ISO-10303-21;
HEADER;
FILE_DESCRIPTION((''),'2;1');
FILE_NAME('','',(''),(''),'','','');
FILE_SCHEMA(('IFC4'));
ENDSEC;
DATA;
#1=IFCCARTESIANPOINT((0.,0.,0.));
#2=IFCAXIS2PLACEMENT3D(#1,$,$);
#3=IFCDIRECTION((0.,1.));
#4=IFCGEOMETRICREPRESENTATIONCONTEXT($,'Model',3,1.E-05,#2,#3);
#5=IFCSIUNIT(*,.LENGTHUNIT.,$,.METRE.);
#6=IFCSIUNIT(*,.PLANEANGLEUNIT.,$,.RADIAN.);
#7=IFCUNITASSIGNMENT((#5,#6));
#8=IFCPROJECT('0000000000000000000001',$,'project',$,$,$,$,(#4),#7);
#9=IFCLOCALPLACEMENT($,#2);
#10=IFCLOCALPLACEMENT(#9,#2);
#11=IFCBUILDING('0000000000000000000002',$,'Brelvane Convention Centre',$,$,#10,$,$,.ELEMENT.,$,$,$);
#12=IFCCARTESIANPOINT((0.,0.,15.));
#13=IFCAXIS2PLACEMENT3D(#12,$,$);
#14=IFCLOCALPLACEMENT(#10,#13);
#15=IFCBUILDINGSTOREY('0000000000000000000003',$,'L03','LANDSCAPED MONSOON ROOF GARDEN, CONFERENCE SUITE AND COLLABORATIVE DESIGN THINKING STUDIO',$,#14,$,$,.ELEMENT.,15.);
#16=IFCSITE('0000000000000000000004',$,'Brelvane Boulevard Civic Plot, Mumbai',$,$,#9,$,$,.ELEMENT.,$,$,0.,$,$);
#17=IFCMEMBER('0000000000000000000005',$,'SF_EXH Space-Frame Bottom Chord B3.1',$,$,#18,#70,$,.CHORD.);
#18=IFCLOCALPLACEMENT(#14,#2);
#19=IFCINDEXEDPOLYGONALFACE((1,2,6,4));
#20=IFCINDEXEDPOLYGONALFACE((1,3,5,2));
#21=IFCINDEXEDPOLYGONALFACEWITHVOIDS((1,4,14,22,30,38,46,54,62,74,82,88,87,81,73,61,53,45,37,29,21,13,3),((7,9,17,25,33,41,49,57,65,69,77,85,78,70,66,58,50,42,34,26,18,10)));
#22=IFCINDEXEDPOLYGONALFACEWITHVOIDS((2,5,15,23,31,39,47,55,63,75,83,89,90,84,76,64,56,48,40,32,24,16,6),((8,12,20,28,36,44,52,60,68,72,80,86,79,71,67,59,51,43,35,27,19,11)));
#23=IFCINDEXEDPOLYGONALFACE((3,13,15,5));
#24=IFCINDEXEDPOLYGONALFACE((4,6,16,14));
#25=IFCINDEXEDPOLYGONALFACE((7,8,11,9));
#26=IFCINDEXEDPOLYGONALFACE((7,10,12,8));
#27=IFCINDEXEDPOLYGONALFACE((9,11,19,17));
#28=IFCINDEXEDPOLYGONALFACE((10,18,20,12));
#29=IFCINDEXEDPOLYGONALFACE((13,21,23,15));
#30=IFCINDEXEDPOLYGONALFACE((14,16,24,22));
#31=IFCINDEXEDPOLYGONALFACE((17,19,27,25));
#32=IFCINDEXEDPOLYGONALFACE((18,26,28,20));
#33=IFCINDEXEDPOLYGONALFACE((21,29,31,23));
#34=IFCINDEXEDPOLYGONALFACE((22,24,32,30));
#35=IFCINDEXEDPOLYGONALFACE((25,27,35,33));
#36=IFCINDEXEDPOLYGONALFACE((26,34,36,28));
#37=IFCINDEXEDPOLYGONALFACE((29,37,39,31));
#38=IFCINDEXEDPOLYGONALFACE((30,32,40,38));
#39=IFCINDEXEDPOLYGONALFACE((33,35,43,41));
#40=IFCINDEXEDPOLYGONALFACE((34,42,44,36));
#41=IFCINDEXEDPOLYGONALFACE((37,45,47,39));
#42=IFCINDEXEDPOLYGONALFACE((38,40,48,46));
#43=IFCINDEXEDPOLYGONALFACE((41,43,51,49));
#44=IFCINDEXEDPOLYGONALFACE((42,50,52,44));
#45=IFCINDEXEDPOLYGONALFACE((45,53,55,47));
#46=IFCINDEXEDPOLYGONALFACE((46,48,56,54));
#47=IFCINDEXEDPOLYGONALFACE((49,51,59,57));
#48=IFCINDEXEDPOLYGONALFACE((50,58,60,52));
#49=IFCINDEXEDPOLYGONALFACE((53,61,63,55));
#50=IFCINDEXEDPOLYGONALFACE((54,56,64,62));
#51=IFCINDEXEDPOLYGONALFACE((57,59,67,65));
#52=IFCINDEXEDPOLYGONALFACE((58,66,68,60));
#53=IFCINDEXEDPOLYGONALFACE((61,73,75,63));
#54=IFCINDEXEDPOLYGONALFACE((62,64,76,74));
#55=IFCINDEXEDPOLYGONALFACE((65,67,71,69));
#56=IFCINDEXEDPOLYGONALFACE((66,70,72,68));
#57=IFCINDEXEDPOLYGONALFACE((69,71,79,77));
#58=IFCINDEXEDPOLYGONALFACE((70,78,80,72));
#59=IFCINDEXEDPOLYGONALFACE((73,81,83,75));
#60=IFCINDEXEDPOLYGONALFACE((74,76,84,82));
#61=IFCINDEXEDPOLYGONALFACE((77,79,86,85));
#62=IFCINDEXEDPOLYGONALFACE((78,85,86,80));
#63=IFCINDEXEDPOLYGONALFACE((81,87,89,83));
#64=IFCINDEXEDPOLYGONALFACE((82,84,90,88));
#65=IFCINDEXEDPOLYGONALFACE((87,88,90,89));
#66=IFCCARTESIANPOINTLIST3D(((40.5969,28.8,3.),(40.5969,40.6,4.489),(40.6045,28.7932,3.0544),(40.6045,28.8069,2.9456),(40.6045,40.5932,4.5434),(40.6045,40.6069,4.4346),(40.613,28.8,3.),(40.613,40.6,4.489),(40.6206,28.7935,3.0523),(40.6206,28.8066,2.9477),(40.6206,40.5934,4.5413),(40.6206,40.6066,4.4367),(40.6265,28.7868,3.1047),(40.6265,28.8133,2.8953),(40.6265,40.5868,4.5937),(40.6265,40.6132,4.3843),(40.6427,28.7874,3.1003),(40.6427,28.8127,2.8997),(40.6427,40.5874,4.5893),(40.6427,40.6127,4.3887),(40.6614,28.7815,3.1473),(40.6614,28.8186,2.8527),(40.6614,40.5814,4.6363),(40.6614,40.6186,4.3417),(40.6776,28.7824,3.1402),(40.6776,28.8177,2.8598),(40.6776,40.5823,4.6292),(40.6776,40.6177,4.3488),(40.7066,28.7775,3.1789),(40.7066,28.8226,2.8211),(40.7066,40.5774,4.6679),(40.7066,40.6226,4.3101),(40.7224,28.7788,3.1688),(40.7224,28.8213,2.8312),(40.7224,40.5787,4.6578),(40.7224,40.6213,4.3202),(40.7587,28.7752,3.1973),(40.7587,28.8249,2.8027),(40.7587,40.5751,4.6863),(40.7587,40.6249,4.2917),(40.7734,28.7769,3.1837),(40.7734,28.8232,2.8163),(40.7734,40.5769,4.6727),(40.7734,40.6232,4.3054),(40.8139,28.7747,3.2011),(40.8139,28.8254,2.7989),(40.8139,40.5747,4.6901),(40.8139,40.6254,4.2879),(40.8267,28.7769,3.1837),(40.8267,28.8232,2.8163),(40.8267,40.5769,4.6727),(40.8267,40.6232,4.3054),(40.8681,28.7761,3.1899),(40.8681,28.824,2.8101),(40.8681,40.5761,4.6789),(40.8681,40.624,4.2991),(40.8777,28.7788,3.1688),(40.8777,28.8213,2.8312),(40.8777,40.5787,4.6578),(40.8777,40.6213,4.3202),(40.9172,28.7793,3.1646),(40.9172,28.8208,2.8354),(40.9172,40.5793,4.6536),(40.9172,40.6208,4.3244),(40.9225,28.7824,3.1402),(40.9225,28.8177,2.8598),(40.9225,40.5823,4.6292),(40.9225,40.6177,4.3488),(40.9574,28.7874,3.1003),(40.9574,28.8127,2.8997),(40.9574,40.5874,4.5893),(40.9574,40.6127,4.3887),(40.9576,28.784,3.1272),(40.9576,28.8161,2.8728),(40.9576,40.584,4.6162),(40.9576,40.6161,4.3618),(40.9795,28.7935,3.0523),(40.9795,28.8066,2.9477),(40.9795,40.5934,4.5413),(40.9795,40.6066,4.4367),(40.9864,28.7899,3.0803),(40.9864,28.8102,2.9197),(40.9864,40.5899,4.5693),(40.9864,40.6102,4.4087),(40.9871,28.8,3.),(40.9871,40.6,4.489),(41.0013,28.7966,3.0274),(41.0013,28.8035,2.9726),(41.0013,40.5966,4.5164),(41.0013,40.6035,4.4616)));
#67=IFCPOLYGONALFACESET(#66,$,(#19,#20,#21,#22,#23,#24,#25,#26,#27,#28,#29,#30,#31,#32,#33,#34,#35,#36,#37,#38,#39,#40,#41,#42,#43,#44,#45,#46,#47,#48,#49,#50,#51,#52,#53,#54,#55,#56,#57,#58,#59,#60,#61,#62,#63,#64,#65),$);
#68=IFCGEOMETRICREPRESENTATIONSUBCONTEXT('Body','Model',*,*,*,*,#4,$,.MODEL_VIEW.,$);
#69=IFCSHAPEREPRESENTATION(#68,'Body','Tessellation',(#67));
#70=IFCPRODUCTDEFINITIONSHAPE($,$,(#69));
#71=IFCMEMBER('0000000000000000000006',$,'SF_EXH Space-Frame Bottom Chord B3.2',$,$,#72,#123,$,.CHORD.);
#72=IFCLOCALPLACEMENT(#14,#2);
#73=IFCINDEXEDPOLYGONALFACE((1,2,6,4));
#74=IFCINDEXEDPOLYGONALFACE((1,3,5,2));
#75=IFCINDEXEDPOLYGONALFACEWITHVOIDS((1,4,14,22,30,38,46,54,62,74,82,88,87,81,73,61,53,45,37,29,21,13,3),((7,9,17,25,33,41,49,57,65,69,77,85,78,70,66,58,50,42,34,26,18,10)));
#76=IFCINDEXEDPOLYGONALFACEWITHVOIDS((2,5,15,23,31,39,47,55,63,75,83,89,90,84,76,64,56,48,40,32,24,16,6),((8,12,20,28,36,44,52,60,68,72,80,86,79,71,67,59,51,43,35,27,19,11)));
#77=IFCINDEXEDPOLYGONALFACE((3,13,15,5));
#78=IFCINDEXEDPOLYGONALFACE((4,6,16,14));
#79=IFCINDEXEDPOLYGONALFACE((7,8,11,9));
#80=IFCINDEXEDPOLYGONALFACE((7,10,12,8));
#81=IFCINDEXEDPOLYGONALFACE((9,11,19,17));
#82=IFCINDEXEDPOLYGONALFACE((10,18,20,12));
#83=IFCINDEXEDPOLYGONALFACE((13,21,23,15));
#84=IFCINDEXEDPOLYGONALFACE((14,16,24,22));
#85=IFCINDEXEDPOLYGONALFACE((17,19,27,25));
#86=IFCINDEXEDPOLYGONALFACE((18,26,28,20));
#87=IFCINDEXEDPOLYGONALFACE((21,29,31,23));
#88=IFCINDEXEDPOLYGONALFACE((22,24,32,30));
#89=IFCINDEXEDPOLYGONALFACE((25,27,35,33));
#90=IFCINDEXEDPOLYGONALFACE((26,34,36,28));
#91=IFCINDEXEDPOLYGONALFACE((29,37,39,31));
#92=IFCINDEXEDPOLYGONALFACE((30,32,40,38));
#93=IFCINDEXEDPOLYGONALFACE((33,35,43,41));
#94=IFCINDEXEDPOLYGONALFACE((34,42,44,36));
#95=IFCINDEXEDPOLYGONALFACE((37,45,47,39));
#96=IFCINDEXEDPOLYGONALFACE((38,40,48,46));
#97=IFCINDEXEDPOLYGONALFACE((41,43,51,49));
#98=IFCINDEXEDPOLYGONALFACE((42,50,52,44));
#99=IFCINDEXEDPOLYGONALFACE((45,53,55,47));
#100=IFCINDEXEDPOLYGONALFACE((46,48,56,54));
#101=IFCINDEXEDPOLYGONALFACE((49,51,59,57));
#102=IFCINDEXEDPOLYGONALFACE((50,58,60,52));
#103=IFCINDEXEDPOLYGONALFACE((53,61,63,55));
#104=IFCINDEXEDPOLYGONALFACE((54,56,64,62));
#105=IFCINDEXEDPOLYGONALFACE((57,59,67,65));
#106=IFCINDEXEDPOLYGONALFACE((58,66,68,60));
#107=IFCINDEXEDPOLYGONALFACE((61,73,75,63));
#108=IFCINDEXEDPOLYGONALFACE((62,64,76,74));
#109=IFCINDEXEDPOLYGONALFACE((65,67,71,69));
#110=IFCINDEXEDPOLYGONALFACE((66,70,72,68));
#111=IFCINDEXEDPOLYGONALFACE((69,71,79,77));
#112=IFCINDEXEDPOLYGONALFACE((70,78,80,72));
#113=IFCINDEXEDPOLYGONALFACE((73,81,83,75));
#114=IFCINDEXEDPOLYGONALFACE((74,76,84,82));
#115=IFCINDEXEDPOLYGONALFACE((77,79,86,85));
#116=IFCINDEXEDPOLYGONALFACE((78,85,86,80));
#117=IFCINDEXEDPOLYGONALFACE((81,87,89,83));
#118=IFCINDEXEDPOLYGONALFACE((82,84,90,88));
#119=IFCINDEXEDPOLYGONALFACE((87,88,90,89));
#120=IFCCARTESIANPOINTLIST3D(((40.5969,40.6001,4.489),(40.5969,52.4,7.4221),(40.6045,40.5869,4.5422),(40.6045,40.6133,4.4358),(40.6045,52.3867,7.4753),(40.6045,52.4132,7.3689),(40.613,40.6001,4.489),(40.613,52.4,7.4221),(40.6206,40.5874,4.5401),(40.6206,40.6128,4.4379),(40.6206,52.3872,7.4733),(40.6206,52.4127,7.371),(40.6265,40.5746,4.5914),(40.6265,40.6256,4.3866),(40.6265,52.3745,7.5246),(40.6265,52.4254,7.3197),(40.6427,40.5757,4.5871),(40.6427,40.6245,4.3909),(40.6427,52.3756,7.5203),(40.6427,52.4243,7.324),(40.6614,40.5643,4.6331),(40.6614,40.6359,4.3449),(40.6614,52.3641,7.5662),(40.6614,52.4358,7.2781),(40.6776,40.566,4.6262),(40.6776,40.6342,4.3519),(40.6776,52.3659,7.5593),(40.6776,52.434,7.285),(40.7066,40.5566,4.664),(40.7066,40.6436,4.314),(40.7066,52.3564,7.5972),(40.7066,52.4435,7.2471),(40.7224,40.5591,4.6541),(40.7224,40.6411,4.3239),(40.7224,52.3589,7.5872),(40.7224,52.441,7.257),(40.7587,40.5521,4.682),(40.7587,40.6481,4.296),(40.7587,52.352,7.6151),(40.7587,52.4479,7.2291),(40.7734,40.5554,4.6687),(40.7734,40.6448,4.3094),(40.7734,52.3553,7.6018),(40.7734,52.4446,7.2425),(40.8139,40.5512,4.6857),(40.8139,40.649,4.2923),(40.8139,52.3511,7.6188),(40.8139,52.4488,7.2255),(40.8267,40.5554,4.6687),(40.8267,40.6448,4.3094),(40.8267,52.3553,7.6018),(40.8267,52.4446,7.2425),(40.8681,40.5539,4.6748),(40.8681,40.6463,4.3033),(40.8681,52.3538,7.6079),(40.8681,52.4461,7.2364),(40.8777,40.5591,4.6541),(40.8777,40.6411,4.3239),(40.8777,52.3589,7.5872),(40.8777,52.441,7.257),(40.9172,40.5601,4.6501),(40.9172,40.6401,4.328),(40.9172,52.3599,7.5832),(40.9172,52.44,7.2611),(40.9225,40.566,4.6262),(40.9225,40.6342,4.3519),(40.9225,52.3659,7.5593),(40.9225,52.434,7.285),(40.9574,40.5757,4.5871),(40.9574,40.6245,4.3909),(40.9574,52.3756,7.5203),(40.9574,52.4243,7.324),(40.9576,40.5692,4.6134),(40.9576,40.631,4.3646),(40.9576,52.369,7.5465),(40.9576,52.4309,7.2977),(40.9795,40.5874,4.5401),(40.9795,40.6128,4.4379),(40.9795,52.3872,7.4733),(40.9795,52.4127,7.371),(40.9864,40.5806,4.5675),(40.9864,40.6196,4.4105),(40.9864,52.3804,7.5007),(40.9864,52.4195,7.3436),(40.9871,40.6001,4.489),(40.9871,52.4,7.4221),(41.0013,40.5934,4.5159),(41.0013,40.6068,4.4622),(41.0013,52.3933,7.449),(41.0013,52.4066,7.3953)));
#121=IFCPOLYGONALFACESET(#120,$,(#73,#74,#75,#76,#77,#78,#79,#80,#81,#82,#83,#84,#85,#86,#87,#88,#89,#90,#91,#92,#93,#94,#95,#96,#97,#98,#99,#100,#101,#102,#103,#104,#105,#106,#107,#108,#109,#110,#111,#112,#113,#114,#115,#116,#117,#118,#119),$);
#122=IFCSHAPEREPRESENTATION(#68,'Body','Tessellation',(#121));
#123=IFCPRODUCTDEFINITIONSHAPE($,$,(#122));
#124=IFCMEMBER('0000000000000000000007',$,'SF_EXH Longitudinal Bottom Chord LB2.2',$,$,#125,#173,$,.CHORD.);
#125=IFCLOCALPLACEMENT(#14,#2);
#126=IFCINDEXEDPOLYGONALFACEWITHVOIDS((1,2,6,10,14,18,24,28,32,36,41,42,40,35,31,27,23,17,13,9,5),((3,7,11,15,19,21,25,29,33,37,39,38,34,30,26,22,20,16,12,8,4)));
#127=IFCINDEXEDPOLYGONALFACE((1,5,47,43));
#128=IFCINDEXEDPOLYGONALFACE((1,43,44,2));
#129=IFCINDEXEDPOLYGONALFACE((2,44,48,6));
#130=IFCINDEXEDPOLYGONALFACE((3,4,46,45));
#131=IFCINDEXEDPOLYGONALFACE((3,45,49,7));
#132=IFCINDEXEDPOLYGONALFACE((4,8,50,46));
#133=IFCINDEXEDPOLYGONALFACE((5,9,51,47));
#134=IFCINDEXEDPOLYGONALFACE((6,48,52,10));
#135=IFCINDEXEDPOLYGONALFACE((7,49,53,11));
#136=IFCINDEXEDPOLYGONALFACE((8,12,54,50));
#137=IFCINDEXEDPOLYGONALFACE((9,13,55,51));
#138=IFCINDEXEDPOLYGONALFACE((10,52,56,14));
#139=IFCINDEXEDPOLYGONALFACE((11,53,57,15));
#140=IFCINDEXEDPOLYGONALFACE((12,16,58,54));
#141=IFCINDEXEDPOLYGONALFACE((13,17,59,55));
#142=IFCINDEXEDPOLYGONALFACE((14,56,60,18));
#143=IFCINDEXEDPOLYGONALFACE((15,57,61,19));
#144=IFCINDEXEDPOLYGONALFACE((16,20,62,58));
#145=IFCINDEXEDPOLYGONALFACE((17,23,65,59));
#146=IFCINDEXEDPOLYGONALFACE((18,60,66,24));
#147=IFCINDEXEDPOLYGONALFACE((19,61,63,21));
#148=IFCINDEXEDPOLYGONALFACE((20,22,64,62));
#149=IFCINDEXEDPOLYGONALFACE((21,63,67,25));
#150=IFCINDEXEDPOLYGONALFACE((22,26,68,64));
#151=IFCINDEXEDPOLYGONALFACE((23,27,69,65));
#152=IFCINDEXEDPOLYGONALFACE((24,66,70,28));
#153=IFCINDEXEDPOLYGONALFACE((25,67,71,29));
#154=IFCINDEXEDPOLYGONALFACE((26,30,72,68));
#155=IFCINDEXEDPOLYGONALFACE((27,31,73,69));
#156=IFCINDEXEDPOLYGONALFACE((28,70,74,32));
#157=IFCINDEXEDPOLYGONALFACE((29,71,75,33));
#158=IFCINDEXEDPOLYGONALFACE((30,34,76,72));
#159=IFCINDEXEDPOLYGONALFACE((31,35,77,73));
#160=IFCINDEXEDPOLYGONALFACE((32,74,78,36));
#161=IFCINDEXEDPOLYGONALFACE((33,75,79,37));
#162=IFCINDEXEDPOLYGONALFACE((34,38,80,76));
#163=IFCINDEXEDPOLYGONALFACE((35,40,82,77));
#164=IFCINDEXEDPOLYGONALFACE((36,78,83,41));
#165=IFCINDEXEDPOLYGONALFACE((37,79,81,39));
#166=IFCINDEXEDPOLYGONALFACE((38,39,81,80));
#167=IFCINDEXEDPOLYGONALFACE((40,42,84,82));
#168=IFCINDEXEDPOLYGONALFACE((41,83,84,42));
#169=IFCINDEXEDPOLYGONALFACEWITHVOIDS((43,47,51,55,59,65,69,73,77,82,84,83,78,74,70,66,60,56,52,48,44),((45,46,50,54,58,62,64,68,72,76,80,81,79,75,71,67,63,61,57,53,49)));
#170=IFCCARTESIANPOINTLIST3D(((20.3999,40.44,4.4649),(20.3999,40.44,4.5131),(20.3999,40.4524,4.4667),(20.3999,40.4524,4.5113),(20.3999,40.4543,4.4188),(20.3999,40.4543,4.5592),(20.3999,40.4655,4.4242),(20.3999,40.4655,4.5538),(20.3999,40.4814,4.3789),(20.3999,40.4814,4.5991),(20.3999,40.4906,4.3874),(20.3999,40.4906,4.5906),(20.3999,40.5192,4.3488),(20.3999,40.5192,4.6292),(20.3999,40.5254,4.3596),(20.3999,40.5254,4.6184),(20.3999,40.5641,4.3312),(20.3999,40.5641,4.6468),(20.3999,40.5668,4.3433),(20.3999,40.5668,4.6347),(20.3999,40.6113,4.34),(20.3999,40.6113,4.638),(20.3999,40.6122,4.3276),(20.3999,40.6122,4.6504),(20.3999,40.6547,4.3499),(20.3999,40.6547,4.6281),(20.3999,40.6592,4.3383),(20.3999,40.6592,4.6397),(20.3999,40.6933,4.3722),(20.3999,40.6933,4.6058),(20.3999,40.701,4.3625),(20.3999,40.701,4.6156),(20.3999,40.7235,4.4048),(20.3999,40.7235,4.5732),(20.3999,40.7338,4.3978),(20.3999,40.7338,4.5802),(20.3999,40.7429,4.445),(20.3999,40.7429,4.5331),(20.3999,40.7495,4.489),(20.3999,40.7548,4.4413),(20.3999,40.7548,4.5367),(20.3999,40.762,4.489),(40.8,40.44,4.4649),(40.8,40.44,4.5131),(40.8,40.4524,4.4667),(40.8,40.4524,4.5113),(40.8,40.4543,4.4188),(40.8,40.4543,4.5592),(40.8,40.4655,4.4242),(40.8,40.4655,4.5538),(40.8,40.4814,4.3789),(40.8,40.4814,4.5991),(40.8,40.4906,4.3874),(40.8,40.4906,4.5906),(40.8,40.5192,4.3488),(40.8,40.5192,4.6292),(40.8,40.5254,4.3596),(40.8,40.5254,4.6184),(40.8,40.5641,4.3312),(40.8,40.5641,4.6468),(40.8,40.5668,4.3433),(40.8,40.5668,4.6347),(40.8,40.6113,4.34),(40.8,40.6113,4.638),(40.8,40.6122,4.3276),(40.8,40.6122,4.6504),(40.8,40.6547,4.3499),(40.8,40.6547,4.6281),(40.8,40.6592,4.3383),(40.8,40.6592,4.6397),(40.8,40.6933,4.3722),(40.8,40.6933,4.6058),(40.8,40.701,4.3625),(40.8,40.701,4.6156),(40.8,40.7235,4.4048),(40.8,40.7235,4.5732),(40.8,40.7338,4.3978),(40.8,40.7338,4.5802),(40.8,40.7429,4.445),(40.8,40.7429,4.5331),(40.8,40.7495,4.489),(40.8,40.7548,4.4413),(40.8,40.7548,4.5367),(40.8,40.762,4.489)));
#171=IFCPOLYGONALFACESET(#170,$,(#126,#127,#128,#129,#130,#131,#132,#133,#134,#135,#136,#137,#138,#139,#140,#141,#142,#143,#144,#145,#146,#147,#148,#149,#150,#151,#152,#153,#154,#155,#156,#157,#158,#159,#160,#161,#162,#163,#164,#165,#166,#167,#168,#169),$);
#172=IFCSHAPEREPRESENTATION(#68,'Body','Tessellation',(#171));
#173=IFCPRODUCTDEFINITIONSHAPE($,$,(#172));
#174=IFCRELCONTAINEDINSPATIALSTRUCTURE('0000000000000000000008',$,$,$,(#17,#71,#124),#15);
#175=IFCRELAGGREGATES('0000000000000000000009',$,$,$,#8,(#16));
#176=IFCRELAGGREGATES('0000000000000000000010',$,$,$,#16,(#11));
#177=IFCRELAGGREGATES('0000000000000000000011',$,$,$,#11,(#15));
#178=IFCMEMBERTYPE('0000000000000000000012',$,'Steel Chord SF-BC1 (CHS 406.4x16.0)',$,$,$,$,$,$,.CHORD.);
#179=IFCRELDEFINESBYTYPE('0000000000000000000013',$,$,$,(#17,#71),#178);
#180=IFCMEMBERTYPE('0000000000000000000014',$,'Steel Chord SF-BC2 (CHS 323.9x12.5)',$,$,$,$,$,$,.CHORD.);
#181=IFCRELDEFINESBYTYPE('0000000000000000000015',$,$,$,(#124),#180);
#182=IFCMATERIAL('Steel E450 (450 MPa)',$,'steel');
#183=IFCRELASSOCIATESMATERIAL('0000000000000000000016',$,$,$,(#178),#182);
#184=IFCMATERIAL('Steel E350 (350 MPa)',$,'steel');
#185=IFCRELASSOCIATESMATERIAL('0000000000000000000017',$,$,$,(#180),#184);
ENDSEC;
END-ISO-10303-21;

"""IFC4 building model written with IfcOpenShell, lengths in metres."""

from ifc_helpers import new_model, si_unit, direction, frame, origin, origin_2d, place, context, subcontext, project, spatial, hollow_circle, extrude, material, material_profile, profile_set, type_object, element, save


model = new_model("IFC4")

# Units and contexts
model_context = context("Model", 3, precision=1e-05, world=origin(), true_north=direction((0.0, 1.0)))
body_context = subcontext(model_context, "Body", "Model", "MODEL_VIEW")
ifc_project = project(units=[si_unit("LENGTHUNIT", "METRE"), si_unit("PLANEANGLEUNIT", "RADIAN")], contexts=[model_context])

# Site, building, storey
site_placement = place(None, origin())
site = spatial("IfcSite", under=ifc_project, at=site_placement, Name="Brelvane Boulevard Civic Plot, Mumbai", CompositionType="ELEMENT", RefElevation=0.0)
building_placement = place(site_placement, origin())
building = spatial("IfcBuilding", under=site, at=building_placement, Name="Brelvane Convention Centre", CompositionType="ELEMENT")
storey_placement = place(building_placement, frame((0.0, 0.0, 15.0)))
storey = spatial("IfcBuildingStorey", under=building, at=storey_placement, Name="L03", Description="LANDSCAPED MONSOON ROOF GARDEN, CONFERENCE SUITE AND COLLABORATIVE DESIGN THINKING STUDIO", CompositionType="ELEMENT", Elevation=15.0)

# Members
ifc_material_1 = material(Name="Steel E450 (450 MPa)", Category="steel")
ifc_material_profile_1 = material_profile(ifc_material_1, hollow_circle(Radius=0.2031, WallThickness=0.0161, at=origin_2d()), Name="CHS 406.4x16.0")
ifc_profile_set_1 = profile_set([ifc_material_profile_1], Name="Steel E450 (450 MPa)")
member_type_1 = type_object("IfcMemberType", Name="Steel Chord SF-BC1 (CHS 406.4x16.0)", PredefinedType="CHORD", material=ifc_profile_set_1)
member_1_placement = place(storey_placement, frame((40.8, 28.8, 3.0), z_axis=(0.0, 0.992132, 0.125194), x_axis=(-1.0, 0.0, 0.0)))
element("IfcMember", 1, at=member_1_placement, inside=storey, type_object=member_type_1, Name="SF_EXH Space-Frame Bottom Chord B3.1", PredefinedType="CHORD", context=body_context, shape_type="SweptSolid", body=[
    extrude(hollow_circle(Radius=0.2031, WallThickness=0.0161, at=origin_2d()), origin(), (0.0, 0.0, 1.0), 11.8936),
])
member_2_placement = place(storey_placement, frame((40.8, 40.6001, 4.489), z_axis=(0.0, 0.970468, 0.241231), x_axis=(-1.0, 0.0, 0.0)))
element("IfcMember", 2, at=member_2_placement, inside=storey, type_object=member_type_1, Name="SF_EXH Space-Frame Bottom Chord B3.2", PredefinedType="CHORD", context=body_context, shape_type="SweptSolid", body=[
    extrude(hollow_circle(Radius=0.2031, WallThickness=0.0161, at=origin_2d()), origin(), (0.0, 0.0, 1.0), 12.1589),
])
ifc_material_2 = material(Name="Steel E350 (350 MPa)", Category="steel")
ifc_material_profile_2 = material_profile(ifc_material_2, hollow_circle(Radius=0.1619, WallThickness=0.0125, at=origin_2d()), Name="CHS 323.9x12.5")
ifc_profile_set_2 = profile_set([ifc_material_profile_2], Name="Steel E350 (350 MPa)")
member_type_2 = type_object("IfcMemberType", Name="Steel Chord SF-BC2 (CHS 323.9x12.5)", PredefinedType="CHORD", material=ifc_profile_set_2)
member_3_placement = place(storey_placement, frame((20.3999, 40.6001, 4.489), z_axis=(1.0, 0.0, 0.0), x_axis=(0.0, 1.0, 0.0)))
element("IfcMember", 3, at=member_3_placement, inside=storey, type_object=member_type_2, Name="SF_EXH Longitudinal Bottom Chord LB2.2", PredefinedType="CHORD", context=body_context, shape_type="SweptSolid", body=[
    extrude(hollow_circle(Radius=0.1619, WallThickness=0.0125, at=origin_2d()), origin(), (0.0, 0.0, 1.0), 20.4001),
])

save(model, "model.ifc")
